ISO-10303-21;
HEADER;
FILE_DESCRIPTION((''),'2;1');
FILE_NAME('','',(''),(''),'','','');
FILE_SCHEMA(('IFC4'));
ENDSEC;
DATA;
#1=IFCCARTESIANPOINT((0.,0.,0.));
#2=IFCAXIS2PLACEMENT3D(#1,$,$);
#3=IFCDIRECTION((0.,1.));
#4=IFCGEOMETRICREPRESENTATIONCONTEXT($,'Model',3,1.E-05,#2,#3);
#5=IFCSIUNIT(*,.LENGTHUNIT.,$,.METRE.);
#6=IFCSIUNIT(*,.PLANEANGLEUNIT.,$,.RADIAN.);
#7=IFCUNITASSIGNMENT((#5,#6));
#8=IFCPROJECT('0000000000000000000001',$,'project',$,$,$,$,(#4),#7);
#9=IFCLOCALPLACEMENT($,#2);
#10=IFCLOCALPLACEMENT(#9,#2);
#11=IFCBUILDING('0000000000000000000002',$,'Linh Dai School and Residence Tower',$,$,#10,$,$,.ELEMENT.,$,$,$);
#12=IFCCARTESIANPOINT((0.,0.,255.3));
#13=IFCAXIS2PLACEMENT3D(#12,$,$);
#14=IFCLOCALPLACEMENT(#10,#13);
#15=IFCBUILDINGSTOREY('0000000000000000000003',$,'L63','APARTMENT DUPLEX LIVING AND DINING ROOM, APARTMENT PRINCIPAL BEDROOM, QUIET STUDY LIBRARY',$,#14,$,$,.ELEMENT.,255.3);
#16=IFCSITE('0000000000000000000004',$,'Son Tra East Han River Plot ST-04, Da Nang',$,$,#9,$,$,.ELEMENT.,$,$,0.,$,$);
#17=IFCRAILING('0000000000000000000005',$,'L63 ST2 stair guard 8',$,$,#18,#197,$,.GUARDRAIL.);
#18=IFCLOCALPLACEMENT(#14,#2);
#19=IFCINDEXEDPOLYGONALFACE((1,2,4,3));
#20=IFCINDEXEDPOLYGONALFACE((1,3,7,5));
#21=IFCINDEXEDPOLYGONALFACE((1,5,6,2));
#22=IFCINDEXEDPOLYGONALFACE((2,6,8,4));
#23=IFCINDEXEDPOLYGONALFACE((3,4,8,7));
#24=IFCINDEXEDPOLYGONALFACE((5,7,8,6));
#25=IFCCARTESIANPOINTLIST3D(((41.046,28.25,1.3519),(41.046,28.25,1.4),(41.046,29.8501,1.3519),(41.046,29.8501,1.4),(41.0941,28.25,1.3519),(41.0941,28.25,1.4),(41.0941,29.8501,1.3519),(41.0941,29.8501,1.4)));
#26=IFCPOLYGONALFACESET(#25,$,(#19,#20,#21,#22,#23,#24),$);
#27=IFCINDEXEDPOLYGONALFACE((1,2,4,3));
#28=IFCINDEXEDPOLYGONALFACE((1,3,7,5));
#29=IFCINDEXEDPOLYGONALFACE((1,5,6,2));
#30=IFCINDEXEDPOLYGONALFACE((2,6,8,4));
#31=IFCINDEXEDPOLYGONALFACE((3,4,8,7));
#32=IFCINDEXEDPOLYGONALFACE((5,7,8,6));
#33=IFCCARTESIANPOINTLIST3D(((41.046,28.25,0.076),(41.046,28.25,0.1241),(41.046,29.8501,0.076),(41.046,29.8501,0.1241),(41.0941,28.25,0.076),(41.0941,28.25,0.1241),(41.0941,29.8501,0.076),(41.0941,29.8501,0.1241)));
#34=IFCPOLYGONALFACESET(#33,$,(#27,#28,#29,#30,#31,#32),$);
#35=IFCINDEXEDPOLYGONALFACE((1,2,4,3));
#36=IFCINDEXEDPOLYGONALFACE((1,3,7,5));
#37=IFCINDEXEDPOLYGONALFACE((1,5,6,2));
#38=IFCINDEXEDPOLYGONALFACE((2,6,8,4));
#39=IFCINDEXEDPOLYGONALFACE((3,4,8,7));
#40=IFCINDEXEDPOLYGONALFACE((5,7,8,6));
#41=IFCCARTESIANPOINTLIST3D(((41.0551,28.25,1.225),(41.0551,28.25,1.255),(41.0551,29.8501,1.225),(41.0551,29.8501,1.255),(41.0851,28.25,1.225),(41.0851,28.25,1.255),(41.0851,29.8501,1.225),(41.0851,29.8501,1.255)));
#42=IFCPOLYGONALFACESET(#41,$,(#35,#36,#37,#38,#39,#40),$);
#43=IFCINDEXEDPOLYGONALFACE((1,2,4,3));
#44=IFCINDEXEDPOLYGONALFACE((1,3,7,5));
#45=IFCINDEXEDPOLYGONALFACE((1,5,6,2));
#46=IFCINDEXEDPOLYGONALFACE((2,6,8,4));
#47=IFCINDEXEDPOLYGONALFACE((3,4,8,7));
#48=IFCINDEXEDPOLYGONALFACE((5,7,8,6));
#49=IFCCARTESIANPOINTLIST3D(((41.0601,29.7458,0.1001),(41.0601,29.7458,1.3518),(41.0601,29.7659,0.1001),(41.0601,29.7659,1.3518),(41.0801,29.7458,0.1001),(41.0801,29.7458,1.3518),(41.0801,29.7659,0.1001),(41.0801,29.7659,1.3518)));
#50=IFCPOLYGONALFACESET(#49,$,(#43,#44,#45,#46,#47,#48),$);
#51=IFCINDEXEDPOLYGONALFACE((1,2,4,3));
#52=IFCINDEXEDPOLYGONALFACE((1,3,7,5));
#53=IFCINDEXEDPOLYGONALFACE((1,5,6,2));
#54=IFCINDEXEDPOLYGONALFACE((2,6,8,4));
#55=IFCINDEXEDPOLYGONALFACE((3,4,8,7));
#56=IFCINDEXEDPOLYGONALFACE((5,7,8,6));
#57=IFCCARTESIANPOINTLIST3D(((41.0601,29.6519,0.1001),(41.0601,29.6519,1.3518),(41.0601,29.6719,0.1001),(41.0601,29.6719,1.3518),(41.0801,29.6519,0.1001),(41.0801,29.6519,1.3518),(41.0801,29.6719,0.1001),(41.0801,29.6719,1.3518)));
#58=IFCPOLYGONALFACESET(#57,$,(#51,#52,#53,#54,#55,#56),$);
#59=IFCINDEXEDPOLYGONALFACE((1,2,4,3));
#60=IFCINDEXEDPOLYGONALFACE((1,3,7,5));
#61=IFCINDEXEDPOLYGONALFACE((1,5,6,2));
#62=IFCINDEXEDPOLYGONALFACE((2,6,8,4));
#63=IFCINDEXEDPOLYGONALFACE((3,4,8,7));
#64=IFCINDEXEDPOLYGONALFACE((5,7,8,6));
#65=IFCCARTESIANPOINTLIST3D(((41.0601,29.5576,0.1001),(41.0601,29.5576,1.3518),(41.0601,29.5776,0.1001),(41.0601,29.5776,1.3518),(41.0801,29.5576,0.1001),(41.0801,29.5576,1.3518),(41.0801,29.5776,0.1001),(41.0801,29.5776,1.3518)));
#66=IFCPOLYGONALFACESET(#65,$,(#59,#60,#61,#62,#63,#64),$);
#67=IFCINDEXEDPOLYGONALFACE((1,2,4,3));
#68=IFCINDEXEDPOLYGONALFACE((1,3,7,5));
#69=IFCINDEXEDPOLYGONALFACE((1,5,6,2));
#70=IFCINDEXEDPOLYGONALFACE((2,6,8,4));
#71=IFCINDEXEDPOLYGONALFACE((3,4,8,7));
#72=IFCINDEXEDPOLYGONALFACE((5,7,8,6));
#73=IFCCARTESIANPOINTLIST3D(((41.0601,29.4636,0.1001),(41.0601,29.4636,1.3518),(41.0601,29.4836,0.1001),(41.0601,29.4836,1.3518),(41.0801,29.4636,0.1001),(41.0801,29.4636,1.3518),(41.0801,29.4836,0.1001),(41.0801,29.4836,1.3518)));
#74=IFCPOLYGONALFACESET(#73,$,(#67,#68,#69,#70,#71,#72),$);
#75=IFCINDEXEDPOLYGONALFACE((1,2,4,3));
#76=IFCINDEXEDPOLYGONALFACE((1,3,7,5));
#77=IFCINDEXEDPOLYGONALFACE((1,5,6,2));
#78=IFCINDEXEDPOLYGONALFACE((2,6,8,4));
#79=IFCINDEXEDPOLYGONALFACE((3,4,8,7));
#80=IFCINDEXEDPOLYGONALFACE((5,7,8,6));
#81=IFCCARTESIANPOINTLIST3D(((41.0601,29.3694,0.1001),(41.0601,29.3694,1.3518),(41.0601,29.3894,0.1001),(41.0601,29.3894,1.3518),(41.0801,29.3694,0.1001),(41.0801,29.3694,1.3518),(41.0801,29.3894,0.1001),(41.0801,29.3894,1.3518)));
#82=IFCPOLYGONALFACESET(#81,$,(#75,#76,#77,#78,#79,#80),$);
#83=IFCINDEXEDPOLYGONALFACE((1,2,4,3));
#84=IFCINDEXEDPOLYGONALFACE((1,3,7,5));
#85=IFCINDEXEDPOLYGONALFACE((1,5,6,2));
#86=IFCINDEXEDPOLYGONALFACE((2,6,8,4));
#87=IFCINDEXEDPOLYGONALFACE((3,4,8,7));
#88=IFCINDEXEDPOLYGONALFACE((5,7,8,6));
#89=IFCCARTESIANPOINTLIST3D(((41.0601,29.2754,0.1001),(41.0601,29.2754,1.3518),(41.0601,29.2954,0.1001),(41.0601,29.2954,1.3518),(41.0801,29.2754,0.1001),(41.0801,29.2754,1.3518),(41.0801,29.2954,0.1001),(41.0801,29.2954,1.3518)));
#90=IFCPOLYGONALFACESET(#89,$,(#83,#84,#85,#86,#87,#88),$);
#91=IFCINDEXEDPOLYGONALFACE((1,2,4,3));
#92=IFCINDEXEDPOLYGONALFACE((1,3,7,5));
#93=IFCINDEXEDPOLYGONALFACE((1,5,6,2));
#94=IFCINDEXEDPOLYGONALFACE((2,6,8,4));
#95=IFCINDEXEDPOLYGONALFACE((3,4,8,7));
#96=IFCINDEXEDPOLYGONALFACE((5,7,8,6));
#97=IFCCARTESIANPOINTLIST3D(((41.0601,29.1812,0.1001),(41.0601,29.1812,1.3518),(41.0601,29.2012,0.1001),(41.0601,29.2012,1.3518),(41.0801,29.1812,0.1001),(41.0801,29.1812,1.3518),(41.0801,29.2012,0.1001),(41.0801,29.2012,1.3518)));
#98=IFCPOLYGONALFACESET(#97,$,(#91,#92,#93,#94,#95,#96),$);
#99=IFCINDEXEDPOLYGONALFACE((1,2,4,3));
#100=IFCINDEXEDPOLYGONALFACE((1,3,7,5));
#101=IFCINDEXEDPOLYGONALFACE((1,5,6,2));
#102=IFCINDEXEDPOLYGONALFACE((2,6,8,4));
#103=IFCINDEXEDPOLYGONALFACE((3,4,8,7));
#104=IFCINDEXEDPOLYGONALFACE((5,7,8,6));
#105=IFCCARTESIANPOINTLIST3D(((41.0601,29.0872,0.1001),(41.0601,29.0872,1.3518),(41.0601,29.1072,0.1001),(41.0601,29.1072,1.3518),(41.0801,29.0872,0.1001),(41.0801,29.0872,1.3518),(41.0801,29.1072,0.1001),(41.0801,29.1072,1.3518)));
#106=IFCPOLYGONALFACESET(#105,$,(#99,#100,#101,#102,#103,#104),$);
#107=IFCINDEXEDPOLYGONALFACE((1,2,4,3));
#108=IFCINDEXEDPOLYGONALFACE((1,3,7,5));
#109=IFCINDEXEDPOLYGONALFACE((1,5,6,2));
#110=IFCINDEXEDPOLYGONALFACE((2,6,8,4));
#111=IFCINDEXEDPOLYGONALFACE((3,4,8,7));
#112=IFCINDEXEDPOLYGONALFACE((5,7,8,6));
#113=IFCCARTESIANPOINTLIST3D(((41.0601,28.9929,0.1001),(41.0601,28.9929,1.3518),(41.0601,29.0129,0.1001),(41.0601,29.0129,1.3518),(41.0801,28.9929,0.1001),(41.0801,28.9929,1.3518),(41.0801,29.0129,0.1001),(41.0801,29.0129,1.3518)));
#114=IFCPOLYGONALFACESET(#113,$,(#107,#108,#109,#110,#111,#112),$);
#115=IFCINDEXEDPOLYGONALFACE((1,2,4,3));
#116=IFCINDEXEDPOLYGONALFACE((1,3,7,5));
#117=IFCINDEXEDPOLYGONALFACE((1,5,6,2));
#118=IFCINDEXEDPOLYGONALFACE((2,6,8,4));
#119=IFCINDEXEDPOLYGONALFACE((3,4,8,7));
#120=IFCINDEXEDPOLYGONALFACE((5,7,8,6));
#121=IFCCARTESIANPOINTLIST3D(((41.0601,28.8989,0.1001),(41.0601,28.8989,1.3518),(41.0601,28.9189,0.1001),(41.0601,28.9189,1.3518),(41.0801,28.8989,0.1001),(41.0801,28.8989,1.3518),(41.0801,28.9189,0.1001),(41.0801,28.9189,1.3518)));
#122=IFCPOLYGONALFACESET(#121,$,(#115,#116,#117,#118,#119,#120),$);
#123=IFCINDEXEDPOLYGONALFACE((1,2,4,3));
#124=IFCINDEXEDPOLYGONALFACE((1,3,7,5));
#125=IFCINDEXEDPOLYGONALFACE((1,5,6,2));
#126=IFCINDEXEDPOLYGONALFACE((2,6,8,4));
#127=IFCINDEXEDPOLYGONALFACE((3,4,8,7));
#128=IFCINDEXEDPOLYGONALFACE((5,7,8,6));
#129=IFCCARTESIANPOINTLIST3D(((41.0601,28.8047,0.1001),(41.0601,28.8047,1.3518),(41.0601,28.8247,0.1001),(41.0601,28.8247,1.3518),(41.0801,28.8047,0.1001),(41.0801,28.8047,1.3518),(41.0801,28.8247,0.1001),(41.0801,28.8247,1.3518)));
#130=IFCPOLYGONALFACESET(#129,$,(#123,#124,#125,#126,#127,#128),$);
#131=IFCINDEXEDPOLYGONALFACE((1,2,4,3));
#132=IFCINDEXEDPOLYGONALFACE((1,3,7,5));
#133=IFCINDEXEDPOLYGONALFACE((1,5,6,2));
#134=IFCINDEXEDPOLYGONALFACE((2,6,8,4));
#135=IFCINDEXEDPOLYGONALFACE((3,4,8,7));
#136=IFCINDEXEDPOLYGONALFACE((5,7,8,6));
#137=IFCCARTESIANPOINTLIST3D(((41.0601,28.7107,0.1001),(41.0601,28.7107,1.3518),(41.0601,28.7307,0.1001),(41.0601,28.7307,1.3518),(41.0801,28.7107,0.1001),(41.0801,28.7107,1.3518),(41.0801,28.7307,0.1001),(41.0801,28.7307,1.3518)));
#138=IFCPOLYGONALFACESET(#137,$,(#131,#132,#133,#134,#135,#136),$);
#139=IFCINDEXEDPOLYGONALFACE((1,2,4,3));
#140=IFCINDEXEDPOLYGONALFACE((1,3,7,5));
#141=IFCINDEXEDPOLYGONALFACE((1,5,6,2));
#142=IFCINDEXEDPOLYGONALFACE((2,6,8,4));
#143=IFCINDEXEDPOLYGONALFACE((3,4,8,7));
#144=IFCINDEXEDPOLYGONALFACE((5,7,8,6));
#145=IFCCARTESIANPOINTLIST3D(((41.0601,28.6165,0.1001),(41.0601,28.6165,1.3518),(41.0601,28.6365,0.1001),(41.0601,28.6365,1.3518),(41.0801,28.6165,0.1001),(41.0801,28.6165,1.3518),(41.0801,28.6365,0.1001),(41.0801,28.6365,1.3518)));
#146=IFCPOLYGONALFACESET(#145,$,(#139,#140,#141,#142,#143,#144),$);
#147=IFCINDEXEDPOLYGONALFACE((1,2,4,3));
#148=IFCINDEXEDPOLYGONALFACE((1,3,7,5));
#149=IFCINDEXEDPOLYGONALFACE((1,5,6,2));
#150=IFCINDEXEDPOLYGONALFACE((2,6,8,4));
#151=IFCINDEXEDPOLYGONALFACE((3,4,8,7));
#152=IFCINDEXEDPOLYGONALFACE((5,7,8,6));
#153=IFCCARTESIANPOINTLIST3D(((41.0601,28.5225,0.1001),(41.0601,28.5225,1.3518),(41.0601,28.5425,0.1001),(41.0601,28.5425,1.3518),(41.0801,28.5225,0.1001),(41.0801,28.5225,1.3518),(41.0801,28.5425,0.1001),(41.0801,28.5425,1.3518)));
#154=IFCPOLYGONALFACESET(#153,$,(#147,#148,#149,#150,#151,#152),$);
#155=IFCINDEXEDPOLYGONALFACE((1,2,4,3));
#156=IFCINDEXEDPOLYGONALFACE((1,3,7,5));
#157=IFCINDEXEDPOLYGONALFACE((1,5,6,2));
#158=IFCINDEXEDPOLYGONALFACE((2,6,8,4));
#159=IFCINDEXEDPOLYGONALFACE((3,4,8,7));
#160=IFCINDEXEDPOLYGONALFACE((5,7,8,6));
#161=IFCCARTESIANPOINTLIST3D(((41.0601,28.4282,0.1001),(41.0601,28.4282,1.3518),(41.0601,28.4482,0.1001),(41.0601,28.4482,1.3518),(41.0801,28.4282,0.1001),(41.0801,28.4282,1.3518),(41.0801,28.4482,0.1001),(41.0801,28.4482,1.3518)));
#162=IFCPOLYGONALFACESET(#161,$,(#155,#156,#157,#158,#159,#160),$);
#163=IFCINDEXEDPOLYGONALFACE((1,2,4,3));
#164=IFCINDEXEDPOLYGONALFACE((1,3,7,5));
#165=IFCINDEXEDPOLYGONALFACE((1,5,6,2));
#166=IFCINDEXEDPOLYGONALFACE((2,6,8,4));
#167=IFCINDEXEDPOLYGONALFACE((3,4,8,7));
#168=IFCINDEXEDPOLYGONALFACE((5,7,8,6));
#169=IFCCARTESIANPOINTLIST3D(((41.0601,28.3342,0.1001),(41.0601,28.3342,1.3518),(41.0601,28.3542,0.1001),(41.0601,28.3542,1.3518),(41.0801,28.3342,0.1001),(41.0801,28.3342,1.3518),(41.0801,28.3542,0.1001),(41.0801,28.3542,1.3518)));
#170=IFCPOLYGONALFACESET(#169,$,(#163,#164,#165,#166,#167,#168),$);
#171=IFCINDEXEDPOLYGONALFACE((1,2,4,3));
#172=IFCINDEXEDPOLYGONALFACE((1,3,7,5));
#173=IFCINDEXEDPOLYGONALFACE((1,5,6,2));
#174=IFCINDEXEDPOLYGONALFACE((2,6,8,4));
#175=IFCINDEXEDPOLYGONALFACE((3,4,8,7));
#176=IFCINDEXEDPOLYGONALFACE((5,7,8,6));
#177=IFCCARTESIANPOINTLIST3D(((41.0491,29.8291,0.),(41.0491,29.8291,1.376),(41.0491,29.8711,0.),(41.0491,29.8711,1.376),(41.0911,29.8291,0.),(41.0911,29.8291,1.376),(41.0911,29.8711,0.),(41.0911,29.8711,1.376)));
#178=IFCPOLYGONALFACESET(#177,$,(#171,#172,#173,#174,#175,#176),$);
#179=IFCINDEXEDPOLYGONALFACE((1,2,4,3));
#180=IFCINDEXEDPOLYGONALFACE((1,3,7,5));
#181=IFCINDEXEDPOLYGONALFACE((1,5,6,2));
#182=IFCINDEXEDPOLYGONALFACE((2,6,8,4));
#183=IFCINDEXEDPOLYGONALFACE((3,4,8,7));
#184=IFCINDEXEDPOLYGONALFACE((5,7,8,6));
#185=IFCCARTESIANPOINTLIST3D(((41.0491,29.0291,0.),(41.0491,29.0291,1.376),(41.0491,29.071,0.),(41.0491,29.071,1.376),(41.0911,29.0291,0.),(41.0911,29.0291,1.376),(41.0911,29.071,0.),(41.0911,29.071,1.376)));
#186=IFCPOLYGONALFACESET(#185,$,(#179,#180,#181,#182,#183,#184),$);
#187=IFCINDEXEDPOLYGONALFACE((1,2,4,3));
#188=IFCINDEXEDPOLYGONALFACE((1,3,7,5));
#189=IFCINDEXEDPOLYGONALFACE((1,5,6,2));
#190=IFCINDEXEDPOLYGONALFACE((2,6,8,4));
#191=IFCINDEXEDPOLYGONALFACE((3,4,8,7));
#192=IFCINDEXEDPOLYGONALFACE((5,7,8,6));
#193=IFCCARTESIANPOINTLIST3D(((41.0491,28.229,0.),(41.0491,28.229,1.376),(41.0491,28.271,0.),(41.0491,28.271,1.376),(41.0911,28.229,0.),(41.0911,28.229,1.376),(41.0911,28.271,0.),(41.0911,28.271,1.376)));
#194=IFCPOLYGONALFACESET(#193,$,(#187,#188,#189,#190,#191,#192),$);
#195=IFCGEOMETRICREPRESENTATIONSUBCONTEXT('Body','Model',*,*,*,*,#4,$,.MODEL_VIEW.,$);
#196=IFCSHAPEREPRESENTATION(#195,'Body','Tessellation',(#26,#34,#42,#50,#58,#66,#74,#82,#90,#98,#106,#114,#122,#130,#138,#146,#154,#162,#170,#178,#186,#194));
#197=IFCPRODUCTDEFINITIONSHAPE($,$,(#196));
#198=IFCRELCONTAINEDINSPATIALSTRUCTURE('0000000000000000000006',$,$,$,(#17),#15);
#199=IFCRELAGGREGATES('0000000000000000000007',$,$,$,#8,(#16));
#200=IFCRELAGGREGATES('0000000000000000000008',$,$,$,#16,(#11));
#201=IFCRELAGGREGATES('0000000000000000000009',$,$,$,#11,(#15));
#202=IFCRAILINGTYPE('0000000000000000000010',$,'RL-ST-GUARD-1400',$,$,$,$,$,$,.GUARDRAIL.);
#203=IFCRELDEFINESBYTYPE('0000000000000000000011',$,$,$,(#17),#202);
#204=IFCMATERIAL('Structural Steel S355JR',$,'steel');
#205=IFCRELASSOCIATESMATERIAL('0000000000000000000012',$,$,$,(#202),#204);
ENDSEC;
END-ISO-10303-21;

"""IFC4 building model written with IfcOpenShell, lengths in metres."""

from ifc_helpers import new_model, si_unit, direction, frame, origin, origin_2d, place, context, subcontext, project, spatial, rectangle, extrude, source, transform, mapped, material, type_object, element, save


model = new_model("IFC4")

# Units and contexts
model_context = context("Model", 3, precision=1e-05, world=origin(), true_north=direction((0.0, 1.0)))
body_context = subcontext(model_context, "Body", "Model", "MODEL_VIEW")
ifc_project = project(units=[si_unit("LENGTHUNIT", "METRE"), si_unit("PLANEANGLEUNIT", "RADIAN")], contexts=[model_context])

# Site, building, storey
site_placement = place(None, origin())
site = spatial("IfcSite", under=ifc_project, at=site_placement, Name="Son Tra East Han River Plot ST-04, Da Nang", CompositionType="ELEMENT", RefElevation=0.0)
building_placement = place(site_placement, origin())
building = spatial("IfcBuilding", under=site, at=building_placement, Name="Linh Dai School and Residence Tower", CompositionType="ELEMENT")
storey_placement = place(building_placement, frame((0.0, 0.0, 255.3)))
storey = spatial("IfcBuildingStorey", under=building, at=storey_placement, Name="L63", Description="APARTMENT DUPLEX LIVING AND DINING ROOM, APARTMENT PRINCIPAL BEDROOM, QUIET STUDY LIBRARY", CompositionType="ELEMENT", Elevation=255.3)

# Shared definitions
ifc_material_1 = material(Name="Structural Steel S355JR", Category="steel")

# Railing
railing_type_1 = type_object("IfcRailingType", Name="RL-ST-GUARD-1400", PredefinedType="GUARDRAIL", material=ifc_material_1)
shared_shape_1 = source(origin(), body_context, "Body", "SweptSolid", [
    extrude(rectangle(XDim=0.0481, YDim=0.0481, at=origin_2d()), frame((0.0, 0.0, 1.376), z_axis=(0.0, -1.0, 0.0), x_axis=(1.0, 0.0, 0.0)), (0.0, 0.0, 1.0), 1.6001),
    extrude(rectangle(XDim=0.0481, YDim=0.0481, at=origin_2d()), frame((0.0, 0.0, 0.1001), z_axis=(0.0, -1.0, 0.0), x_axis=(1.0, 0.0, 0.0)), (0.0, 0.0, 1.0), 1.6001),
    extrude(rectangle(XDim=0.03, YDim=0.03, at=origin_2d()), frame((0.0, 0.0, 1.24), z_axis=(0.0, -1.0, 0.0), x_axis=(1.0, 0.0, 0.0)), (0.0, 0.0, 1.0), 1.6001),
    extrude(rectangle(XDim=0.02, YDim=0.02, at=origin_2d()), frame((0.0, -0.0942, 0.1001)), (0.0, 0.0, 1.0), 1.2517),
    extrude(rectangle(XDim=0.02, YDim=0.02, at=origin_2d()), frame((0.0, -0.1882, 0.1001)), (0.0, 0.0, 1.0), 1.2517),
    extrude(rectangle(XDim=0.02, YDim=0.02, at=origin_2d()), frame((0.0, -0.2825, 0.1001)), (0.0, 0.0, 1.0), 1.2517),
    extrude(rectangle(XDim=0.02, YDim=0.02, at=origin_2d()), frame((0.0, -0.3765, 0.1001)), (0.0, 0.0, 1.0), 1.2517),
    extrude(rectangle(XDim=0.02, YDim=0.02, at=origin_2d()), frame((0.0, -0.4707, 0.1001)), (0.0, 0.0, 1.0), 1.2517),
    extrude(rectangle(XDim=0.02, YDim=0.02, at=origin_2d()), frame((0.0, -0.5647, 0.1001)), (0.0, 0.0, 1.0), 1.2517),
    extrude(rectangle(XDim=0.02, YDim=0.02, at=origin_2d()), frame((0.0, -0.6589, 0.1001)), (0.0, 0.0, 1.0), 1.2517),
    extrude(rectangle(XDim=0.02, YDim=0.02, at=origin_2d()), frame((0.0, -0.7529, 0.1001)), (0.0, 0.0, 1.0), 1.2517),
    extrude(rectangle(XDim=0.02, YDim=0.02, at=origin_2d()), frame((0.0, -0.8472, 0.1001)), (0.0, 0.0, 1.0), 1.2517),
    extrude(rectangle(XDim=0.02, YDim=0.02, at=origin_2d()), frame((0.0, -0.9412, 0.1001)), (0.0, 0.0, 1.0), 1.2517),
    extrude(rectangle(XDim=0.02, YDim=0.02, at=origin_2d()), frame((0.0, -1.0354, 0.1001)), (0.0, 0.0, 1.0), 1.2517),
    extrude(rectangle(XDim=0.02, YDim=0.02, at=origin_2d()), frame((0.0, -1.1294, 0.1001)), (0.0, 0.0, 1.0), 1.2517),
    extrude(rectangle(XDim=0.02, YDim=0.02, at=origin_2d()), frame((0.0, -1.2236, 0.1001)), (0.0, 0.0, 1.0), 1.2517),
    extrude(rectangle(XDim=0.02, YDim=0.02, at=origin_2d()), frame((0.0, -1.3176, 0.1001)), (0.0, 0.0, 1.0), 1.2517),
    extrude(rectangle(XDim=0.02, YDim=0.02, at=origin_2d()), frame((0.0, -1.4119, 0.1001)), (0.0, 0.0, 1.0), 1.2517),
    extrude(rectangle(XDim=0.02, YDim=0.02, at=origin_2d()), frame((0.0, -1.5059, 0.1001)), (0.0, 0.0, 1.0), 1.2517),
    extrude(rectangle(XDim=0.042, YDim=0.042, at=origin_2d()), origin(), (0.0, 0.0, 1.0), 1.376),
    extrude(rectangle(XDim=0.042, YDim=0.042, at=origin_2d()), frame((0.0, -0.8, 0.0)), (0.0, 0.0, 1.0), 1.376),
    extrude(rectangle(XDim=0.042, YDim=0.042, at=origin_2d()), frame((0.0, -1.6001, 0.0)), (0.0, 0.0, 1.0), 1.376),
])
for number, where, name in (
    (1, (41.0701, 29.8501, 0.0), "L63 ST2 stair guard 8"),
):
    element("IfcRailing", number, at=place(storey_placement, frame(where)), inside=storey, type_object=railing_type_1, Name=name, PredefinedType="GUARDRAIL", context=body_context, shape_type="MappedRepresentation", body=[
        mapped(shared_shape_1, transform((0.0, 0.0, 0.0), x_axis=(1.0, 0.0, 0.0), y_axis=(0.0, 1.0, 0.0), z_axis=(0.0, 0.0, 1.0), scale=1.0)),
    ])

save(model, "model.ifc")
